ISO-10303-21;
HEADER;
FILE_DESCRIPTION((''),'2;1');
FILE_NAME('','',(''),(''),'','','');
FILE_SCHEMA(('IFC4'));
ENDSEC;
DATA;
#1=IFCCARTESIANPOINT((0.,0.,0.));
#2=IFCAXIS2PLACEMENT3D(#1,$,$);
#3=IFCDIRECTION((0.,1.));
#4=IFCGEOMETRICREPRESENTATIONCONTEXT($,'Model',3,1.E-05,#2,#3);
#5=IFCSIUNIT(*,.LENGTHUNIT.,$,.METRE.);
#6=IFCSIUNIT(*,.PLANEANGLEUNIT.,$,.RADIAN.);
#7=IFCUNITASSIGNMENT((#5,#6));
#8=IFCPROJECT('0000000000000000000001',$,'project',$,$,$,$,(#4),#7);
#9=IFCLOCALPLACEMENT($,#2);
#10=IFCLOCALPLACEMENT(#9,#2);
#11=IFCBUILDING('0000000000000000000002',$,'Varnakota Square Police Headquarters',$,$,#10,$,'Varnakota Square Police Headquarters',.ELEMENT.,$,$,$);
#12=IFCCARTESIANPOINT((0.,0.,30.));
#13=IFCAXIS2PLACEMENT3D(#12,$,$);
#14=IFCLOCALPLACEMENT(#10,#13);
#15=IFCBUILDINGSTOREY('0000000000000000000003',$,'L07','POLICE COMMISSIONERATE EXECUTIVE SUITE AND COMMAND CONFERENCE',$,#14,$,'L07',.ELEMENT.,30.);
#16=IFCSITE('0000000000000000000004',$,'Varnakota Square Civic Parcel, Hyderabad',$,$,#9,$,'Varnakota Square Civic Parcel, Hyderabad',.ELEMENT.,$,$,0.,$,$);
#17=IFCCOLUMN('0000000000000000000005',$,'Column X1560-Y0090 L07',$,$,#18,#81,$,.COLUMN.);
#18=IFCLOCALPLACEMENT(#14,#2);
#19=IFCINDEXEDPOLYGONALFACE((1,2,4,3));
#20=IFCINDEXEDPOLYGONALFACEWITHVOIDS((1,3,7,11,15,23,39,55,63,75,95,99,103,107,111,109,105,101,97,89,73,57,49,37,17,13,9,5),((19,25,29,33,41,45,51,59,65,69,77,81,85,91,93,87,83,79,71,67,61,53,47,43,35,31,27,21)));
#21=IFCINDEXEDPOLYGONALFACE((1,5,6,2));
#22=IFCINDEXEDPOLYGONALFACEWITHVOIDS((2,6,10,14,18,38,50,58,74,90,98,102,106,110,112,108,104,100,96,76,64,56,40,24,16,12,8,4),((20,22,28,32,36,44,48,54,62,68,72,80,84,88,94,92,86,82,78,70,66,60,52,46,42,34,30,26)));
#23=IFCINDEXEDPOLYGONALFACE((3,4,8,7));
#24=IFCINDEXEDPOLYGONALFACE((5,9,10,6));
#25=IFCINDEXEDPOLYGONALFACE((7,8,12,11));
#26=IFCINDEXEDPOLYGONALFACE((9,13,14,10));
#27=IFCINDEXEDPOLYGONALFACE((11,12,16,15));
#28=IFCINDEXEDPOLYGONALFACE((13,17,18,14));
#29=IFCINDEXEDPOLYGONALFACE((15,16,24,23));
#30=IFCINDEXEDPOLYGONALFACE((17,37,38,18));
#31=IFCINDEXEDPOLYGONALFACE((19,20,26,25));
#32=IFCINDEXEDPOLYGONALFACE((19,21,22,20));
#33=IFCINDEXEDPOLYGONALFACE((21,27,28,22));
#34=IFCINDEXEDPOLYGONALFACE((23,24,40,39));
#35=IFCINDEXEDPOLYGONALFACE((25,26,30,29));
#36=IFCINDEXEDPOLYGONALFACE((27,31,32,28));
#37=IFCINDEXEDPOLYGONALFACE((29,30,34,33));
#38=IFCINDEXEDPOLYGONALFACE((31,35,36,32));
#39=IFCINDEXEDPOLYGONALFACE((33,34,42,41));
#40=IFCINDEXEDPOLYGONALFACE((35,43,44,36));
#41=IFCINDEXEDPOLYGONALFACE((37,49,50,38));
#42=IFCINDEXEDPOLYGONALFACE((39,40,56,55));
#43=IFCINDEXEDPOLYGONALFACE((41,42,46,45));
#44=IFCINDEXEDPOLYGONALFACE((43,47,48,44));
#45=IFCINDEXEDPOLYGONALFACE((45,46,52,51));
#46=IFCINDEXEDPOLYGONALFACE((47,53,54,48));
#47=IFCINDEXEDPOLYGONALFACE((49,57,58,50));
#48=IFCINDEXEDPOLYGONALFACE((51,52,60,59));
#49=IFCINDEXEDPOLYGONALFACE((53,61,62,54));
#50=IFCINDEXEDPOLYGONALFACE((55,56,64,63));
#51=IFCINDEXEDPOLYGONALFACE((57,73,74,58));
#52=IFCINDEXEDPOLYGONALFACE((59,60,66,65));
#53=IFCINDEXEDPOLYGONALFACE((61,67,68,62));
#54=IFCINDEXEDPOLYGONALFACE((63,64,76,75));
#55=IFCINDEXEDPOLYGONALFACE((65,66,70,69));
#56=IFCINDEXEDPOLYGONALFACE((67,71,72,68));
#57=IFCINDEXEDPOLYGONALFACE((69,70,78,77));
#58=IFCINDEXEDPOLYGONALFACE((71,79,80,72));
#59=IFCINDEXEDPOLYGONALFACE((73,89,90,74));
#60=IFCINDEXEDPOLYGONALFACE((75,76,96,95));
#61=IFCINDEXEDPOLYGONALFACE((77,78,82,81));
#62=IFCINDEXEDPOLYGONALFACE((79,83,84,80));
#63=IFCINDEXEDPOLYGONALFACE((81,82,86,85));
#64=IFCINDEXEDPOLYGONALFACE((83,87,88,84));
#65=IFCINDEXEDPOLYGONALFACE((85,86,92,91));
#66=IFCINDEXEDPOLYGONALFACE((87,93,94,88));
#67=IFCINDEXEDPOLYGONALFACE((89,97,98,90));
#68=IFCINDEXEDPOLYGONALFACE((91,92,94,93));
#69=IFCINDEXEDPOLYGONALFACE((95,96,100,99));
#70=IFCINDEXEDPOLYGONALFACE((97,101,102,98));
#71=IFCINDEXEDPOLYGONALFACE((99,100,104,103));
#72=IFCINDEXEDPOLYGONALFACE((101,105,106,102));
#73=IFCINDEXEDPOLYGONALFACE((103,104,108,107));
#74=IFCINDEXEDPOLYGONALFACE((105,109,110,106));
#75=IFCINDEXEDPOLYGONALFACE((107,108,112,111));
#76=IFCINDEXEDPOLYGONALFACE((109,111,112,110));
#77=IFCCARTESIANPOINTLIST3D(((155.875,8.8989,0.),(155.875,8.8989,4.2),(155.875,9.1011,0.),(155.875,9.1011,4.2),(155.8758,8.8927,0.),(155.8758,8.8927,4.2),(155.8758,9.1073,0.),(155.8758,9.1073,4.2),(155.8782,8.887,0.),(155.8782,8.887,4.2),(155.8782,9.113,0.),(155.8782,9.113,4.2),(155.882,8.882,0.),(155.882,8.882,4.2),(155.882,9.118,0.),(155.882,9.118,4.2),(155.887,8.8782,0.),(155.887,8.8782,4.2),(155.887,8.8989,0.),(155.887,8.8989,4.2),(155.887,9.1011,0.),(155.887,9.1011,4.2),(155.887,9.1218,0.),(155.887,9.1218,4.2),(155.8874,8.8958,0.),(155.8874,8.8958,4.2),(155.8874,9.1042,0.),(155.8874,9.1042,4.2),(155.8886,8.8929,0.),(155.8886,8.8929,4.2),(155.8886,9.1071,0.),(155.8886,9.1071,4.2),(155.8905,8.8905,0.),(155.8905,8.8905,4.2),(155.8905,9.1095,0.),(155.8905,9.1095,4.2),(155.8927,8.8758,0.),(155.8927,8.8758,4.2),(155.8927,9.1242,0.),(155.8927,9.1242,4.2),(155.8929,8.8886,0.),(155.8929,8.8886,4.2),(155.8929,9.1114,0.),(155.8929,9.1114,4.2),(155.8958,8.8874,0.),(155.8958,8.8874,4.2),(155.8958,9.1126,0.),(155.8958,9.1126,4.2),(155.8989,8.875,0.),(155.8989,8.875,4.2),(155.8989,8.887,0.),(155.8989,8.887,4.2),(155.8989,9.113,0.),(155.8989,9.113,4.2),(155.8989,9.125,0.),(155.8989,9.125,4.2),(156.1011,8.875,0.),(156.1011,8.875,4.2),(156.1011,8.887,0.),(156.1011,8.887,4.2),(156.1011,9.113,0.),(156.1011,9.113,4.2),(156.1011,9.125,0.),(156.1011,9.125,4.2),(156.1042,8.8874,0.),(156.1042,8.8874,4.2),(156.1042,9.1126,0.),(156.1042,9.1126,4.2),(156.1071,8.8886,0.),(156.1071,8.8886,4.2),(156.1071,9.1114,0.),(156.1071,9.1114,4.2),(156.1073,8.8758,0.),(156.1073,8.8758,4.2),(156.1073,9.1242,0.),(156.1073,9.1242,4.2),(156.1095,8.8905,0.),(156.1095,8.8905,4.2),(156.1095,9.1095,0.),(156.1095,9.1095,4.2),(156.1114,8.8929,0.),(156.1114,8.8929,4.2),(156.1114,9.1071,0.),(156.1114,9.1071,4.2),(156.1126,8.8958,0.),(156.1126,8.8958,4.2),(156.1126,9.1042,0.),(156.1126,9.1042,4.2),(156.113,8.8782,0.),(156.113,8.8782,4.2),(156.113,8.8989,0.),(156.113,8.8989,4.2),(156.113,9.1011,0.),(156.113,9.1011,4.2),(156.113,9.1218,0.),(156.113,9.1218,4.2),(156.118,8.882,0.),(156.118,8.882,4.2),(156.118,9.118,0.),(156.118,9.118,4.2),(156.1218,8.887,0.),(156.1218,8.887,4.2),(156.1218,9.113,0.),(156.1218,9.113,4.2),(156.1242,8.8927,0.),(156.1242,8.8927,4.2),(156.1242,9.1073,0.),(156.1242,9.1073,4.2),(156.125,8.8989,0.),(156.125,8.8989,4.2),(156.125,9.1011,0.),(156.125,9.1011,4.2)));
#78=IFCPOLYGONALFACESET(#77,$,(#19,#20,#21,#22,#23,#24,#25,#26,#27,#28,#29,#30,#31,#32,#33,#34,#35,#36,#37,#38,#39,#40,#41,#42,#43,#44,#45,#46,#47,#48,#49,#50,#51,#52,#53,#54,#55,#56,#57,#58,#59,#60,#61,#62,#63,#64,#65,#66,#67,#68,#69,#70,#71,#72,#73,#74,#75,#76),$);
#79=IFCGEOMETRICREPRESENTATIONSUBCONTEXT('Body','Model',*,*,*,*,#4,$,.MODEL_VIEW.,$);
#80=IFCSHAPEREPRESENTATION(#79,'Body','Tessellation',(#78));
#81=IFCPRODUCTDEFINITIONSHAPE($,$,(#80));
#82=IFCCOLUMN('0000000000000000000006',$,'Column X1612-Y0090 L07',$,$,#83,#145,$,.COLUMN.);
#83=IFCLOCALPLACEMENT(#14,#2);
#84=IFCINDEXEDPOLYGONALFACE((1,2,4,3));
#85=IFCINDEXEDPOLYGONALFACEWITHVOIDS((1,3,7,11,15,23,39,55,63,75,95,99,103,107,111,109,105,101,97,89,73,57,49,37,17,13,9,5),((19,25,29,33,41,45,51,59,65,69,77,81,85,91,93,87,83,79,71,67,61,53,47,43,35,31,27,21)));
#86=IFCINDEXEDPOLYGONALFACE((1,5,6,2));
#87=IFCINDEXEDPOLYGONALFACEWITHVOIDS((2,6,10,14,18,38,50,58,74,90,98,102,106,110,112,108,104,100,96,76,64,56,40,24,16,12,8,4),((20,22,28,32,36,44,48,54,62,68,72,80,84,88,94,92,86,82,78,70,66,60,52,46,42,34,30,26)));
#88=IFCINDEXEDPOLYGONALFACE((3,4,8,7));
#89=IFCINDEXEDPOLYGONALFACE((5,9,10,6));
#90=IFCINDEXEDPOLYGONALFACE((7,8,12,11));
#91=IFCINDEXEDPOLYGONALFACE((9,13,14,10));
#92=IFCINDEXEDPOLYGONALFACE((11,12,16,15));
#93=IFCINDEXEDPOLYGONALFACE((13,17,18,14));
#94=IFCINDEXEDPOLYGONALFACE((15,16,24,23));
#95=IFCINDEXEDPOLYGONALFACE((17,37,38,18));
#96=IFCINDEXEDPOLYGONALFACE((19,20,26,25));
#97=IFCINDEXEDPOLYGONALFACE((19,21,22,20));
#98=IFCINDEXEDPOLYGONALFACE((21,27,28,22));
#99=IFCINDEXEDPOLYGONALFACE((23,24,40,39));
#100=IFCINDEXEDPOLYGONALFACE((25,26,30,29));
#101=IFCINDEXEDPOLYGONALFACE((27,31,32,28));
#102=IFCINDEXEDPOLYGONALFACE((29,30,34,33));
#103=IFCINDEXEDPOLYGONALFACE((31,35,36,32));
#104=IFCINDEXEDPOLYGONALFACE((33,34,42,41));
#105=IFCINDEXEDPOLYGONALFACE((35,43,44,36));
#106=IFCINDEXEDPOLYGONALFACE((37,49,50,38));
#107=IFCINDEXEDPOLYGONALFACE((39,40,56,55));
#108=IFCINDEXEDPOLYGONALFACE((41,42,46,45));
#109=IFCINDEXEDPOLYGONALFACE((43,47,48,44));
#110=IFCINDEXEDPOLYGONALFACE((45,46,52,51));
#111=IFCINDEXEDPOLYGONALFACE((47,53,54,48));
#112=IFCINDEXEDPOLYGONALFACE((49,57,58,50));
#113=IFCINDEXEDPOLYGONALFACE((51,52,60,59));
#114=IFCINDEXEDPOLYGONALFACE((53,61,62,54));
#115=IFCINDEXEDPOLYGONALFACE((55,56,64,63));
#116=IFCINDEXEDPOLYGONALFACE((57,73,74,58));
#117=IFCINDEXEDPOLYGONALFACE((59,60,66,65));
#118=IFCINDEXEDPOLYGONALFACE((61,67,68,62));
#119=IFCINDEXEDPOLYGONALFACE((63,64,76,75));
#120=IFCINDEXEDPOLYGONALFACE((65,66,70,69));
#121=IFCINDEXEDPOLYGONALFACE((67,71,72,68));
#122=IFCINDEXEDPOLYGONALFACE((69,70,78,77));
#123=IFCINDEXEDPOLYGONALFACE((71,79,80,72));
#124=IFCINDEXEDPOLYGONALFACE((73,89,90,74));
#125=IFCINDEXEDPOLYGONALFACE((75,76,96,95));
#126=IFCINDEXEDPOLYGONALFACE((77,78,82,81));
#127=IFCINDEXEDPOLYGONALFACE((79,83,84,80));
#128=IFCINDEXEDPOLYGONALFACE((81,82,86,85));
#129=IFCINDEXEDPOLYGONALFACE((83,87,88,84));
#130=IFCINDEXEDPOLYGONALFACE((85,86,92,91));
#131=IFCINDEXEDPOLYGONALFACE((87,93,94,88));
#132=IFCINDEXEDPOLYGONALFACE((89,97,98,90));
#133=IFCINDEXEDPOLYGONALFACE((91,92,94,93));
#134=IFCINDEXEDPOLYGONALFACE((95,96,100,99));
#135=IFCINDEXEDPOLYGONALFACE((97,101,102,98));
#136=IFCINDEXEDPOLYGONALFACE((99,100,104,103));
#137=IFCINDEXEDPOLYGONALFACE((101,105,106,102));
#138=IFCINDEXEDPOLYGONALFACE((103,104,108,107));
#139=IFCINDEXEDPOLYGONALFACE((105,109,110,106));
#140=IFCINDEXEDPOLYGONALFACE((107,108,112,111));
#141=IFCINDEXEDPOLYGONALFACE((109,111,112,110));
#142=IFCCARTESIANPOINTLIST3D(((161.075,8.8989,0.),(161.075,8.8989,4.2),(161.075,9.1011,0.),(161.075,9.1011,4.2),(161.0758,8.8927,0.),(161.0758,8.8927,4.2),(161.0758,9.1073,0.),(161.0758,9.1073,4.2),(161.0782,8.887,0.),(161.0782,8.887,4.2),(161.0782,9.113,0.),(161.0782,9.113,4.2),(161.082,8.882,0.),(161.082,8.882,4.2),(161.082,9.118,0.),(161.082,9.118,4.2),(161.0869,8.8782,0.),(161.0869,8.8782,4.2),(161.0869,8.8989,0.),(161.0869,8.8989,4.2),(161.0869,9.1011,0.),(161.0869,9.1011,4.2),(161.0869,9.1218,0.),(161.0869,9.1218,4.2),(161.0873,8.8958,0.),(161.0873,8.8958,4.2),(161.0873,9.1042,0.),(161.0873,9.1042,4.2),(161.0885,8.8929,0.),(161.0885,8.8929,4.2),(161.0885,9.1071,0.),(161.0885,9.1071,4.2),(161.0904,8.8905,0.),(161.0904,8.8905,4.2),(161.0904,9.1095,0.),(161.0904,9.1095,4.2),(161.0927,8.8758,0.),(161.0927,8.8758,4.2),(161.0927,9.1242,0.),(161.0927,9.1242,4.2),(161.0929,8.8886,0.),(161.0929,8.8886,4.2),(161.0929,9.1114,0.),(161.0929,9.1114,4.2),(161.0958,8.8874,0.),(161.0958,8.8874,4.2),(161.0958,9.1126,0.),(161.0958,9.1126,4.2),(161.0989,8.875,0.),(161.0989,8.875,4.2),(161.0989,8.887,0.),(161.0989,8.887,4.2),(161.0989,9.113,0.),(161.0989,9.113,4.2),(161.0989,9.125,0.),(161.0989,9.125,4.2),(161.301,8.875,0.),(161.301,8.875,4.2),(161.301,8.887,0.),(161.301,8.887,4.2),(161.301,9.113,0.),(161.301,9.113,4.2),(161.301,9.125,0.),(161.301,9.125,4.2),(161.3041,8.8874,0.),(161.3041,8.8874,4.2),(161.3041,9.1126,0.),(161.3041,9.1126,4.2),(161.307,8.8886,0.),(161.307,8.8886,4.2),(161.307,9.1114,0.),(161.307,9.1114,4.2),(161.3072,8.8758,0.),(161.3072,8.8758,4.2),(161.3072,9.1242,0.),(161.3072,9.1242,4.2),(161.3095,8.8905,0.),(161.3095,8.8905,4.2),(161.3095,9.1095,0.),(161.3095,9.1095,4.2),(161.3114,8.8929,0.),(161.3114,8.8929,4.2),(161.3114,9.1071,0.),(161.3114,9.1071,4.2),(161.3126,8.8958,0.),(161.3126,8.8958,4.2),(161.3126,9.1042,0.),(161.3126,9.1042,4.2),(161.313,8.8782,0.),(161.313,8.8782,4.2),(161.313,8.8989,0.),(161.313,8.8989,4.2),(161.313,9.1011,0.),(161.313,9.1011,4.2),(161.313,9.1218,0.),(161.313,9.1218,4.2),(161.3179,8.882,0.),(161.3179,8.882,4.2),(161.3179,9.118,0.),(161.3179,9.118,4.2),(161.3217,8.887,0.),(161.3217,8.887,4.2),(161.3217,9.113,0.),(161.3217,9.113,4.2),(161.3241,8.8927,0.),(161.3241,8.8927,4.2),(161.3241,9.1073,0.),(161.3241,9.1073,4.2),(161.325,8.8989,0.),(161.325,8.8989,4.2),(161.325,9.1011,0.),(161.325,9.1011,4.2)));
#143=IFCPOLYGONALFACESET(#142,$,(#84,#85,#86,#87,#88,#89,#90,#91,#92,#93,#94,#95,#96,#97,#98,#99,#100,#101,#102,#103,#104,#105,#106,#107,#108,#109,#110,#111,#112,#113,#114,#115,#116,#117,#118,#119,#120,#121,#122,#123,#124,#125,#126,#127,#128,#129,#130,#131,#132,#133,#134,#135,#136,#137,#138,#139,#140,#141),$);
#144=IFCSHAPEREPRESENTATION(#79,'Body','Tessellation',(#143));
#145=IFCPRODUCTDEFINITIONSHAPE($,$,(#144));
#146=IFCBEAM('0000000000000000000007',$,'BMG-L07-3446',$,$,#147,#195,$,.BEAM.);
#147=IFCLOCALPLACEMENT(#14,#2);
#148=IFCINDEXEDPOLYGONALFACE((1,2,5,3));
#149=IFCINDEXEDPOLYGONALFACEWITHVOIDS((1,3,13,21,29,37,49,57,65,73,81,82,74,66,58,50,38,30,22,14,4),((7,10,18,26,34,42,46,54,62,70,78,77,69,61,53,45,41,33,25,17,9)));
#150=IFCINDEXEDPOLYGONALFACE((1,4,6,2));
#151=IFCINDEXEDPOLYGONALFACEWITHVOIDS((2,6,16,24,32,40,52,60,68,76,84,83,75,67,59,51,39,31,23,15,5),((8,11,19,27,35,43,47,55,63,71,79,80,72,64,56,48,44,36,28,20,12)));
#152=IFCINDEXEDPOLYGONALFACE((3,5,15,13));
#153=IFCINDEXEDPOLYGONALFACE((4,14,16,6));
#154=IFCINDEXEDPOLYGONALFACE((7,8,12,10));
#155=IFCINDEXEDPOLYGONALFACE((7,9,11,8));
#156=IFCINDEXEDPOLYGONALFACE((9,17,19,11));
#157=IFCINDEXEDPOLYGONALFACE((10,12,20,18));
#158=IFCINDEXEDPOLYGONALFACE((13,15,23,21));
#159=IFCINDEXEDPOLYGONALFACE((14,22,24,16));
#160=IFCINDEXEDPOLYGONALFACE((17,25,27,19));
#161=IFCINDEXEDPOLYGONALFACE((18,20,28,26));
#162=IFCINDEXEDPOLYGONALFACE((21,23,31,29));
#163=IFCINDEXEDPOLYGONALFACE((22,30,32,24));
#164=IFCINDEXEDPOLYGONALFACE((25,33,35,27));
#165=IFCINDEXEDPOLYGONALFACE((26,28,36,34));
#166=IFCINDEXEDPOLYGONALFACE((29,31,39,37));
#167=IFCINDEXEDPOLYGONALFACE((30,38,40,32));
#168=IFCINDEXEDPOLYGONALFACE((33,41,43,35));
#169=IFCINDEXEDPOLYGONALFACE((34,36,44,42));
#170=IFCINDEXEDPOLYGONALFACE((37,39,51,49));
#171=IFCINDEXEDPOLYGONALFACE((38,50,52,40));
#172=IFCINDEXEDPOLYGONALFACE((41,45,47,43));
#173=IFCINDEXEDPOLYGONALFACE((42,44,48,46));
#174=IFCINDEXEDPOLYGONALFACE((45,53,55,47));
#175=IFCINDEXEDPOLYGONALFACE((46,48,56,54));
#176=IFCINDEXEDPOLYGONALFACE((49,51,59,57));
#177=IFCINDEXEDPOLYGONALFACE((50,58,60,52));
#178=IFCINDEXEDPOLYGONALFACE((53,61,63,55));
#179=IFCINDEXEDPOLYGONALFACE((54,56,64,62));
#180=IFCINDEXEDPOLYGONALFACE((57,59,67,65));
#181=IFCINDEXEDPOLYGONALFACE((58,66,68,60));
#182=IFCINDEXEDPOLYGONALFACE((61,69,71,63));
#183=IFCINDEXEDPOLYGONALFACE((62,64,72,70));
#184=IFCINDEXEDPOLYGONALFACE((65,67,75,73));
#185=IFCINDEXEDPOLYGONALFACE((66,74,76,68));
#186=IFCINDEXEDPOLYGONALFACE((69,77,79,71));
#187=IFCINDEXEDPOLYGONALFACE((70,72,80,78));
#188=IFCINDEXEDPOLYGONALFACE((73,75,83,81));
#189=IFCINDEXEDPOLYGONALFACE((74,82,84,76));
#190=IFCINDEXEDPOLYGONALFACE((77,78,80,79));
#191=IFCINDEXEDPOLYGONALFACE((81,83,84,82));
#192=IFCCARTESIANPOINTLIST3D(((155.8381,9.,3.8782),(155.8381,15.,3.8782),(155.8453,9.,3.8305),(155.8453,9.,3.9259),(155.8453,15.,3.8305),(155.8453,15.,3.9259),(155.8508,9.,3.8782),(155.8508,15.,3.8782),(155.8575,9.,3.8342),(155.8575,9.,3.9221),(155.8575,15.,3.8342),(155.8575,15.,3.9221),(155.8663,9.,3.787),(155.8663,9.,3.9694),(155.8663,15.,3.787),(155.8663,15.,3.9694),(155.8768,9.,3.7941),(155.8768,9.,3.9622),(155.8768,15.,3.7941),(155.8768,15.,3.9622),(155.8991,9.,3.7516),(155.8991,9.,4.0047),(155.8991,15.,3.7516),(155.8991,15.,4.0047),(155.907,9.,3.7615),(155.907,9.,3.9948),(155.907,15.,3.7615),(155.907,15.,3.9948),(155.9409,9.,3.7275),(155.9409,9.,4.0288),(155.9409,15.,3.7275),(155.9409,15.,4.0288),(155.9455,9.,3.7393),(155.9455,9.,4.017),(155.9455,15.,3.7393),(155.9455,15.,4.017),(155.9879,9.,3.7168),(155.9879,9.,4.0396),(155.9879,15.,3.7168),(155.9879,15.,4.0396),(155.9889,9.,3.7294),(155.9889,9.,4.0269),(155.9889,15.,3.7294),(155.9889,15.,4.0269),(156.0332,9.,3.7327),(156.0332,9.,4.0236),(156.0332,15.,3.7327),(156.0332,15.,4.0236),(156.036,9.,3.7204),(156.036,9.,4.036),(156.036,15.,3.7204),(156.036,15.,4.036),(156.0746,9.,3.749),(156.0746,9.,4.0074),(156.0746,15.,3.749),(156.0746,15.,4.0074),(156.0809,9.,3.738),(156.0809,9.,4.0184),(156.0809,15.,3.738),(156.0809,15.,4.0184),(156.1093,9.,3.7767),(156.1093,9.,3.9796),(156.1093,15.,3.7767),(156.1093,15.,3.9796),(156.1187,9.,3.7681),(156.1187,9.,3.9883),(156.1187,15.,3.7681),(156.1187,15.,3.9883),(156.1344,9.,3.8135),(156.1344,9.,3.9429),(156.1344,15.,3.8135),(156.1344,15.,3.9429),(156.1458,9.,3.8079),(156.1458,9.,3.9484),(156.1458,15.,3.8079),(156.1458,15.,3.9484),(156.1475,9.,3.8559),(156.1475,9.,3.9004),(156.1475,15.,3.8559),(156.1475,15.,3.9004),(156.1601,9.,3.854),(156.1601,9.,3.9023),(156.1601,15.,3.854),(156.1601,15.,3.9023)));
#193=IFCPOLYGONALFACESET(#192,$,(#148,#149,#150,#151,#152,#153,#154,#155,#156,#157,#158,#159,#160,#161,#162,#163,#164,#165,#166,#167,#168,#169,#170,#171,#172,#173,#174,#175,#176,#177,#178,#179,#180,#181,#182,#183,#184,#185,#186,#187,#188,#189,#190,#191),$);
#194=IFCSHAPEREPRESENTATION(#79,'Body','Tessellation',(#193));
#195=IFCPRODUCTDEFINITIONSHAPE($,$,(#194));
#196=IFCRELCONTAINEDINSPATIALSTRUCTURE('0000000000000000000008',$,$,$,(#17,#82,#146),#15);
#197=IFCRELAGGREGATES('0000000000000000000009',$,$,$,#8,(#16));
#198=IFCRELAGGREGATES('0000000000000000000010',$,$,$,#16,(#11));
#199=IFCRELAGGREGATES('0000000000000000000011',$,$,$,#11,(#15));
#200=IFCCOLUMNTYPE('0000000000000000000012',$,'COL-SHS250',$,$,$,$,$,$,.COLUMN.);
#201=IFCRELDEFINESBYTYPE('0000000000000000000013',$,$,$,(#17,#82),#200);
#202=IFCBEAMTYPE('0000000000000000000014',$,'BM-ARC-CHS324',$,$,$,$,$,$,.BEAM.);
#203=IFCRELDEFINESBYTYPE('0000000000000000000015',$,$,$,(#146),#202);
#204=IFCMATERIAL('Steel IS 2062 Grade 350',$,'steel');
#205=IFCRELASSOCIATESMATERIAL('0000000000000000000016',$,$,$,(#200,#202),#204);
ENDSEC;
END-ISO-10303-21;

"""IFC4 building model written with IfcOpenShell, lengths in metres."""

from ifc_helpers import new_model, si_unit, direction, frame, origin, origin_2d, place, context, subcontext, project, spatial, hollow_rectangle, hollow_circle, extrude, material, material_profile, profile_set, type_object, element, save


model = new_model("IFC4")

# Units and contexts
model_context = context("Model", 3, precision=1e-05, world=origin(), true_north=direction((0.0, 1.0)))
body_context = subcontext(model_context, "Body", "Model", "MODEL_VIEW")
ifc_project = project(units=[si_unit("LENGTHUNIT", "METRE"), si_unit("PLANEANGLEUNIT", "RADIAN")], contexts=[model_context])

# Site, building, storey
site_placement = place(None, origin())
site = spatial("IfcSite", under=ifc_project, at=site_placement, Name="Varnakota Square Civic Parcel, Hyderabad", LongName="Varnakota Square Civic Parcel, Hyderabad", CompositionType="ELEMENT", RefElevation=0.0)
building_placement = place(site_placement, origin())
building = spatial("IfcBuilding", under=site, at=building_placement, Name="Varnakota Square Police Headquarters", LongName="Varnakota Square Police Headquarters", CompositionType="ELEMENT")
storey_placement = place(building_placement, frame((0.0, 0.0, 30.0)))
storey = spatial("IfcBuildingStorey", under=building, at=storey_placement, Name="L07", Description="POLICE COMMISSIONERATE EXECUTIVE SUITE AND COMMAND CONFERENCE", LongName="L07", CompositionType="ELEMENT", Elevation=30.0)

# Columns
ifc_material_1 = material(Name="Steel IS 2062 Grade 350", Category="steel")
ifc_material_profile_1 = material_profile(ifc_material_1, hollow_rectangle(XDim=0.25, YDim=0.25, WallThickness=0.012, InnerFilletRadius=0.012, OuterFilletRadius=0.0239, at=origin_2d()), Name="SHS 250x250x12")
ifc_profile_set_1 = profile_set([ifc_material_profile_1], Name="Steel IS 2062 Grade 350")
column_type_1 = type_object("IfcColumnType", Name="COL-SHS250", PredefinedType="COLUMN", material=ifc_profile_set_1)
for number, where, z_axis, x_axis, name in (
    (1, (156.0, 9.0, 0.0), (0.0, 0.0, 1.0), (1.0, 0.0, 0.0), "Column X1560-Y0090 L07"),
    (2, (161.2, 9.0, 0.0), (0.0, 0.0, 1.0), (1.0, 0.0, 0.0), "Column X1612-Y0090 L07"),
):
    element("IfcColumn", number, at=place(storey_placement, frame(where, z_axis=z_axis, x_axis=x_axis)), inside=storey, type_object=column_type_1, Name=name, PredefinedType="COLUMN", context=body_context, shape_type="SweptSolid", body=[
        extrude(hollow_rectangle(XDim=0.25, YDim=0.25, WallThickness=0.012, InnerFilletRadius=0.012, OuterFilletRadius=0.0239, at=origin_2d()), origin(), (0.0, 0.0, 1.0), 4.2),
    ])

# Beam
ifc_material_profile_2 = material_profile(ifc_material_1, hollow_circle(Radius=0.1619, WallThickness=0.0127, at=origin_2d()), Name="CHS 323.9x12.7")
ifc_profile_set_2 = profile_set([ifc_material_profile_2], Name="Steel IS 2062 Grade 350")
beam_type_1 = type_object("IfcBeamType", Name="BM-ARC-CHS324", PredefinedType="BEAM", material=ifc_profile_set_2)
for number, where, z_axis, x_axis, name in (
    (3, (156.0, 9.0, 3.8782), (0.0, 1.0, 0.0), (-1.0, 0.0, 0.0), "BMG-L07-3446"),
):
    element("IfcBeam", number, at=place(storey_placement, frame(where, z_axis=z_axis, x_axis=x_axis)), inside=storey, type_object=beam_type_1, Name=name, PredefinedType="BEAM", context=body_context, shape_type="SweptSolid", body=[
        extrude(hollow_circle(Radius=0.1619, WallThickness=0.0127, at=origin_2d()), origin(), (0.0, 0.0, 1.0), 6.0),
    ])

save(model, "model.ifc")
